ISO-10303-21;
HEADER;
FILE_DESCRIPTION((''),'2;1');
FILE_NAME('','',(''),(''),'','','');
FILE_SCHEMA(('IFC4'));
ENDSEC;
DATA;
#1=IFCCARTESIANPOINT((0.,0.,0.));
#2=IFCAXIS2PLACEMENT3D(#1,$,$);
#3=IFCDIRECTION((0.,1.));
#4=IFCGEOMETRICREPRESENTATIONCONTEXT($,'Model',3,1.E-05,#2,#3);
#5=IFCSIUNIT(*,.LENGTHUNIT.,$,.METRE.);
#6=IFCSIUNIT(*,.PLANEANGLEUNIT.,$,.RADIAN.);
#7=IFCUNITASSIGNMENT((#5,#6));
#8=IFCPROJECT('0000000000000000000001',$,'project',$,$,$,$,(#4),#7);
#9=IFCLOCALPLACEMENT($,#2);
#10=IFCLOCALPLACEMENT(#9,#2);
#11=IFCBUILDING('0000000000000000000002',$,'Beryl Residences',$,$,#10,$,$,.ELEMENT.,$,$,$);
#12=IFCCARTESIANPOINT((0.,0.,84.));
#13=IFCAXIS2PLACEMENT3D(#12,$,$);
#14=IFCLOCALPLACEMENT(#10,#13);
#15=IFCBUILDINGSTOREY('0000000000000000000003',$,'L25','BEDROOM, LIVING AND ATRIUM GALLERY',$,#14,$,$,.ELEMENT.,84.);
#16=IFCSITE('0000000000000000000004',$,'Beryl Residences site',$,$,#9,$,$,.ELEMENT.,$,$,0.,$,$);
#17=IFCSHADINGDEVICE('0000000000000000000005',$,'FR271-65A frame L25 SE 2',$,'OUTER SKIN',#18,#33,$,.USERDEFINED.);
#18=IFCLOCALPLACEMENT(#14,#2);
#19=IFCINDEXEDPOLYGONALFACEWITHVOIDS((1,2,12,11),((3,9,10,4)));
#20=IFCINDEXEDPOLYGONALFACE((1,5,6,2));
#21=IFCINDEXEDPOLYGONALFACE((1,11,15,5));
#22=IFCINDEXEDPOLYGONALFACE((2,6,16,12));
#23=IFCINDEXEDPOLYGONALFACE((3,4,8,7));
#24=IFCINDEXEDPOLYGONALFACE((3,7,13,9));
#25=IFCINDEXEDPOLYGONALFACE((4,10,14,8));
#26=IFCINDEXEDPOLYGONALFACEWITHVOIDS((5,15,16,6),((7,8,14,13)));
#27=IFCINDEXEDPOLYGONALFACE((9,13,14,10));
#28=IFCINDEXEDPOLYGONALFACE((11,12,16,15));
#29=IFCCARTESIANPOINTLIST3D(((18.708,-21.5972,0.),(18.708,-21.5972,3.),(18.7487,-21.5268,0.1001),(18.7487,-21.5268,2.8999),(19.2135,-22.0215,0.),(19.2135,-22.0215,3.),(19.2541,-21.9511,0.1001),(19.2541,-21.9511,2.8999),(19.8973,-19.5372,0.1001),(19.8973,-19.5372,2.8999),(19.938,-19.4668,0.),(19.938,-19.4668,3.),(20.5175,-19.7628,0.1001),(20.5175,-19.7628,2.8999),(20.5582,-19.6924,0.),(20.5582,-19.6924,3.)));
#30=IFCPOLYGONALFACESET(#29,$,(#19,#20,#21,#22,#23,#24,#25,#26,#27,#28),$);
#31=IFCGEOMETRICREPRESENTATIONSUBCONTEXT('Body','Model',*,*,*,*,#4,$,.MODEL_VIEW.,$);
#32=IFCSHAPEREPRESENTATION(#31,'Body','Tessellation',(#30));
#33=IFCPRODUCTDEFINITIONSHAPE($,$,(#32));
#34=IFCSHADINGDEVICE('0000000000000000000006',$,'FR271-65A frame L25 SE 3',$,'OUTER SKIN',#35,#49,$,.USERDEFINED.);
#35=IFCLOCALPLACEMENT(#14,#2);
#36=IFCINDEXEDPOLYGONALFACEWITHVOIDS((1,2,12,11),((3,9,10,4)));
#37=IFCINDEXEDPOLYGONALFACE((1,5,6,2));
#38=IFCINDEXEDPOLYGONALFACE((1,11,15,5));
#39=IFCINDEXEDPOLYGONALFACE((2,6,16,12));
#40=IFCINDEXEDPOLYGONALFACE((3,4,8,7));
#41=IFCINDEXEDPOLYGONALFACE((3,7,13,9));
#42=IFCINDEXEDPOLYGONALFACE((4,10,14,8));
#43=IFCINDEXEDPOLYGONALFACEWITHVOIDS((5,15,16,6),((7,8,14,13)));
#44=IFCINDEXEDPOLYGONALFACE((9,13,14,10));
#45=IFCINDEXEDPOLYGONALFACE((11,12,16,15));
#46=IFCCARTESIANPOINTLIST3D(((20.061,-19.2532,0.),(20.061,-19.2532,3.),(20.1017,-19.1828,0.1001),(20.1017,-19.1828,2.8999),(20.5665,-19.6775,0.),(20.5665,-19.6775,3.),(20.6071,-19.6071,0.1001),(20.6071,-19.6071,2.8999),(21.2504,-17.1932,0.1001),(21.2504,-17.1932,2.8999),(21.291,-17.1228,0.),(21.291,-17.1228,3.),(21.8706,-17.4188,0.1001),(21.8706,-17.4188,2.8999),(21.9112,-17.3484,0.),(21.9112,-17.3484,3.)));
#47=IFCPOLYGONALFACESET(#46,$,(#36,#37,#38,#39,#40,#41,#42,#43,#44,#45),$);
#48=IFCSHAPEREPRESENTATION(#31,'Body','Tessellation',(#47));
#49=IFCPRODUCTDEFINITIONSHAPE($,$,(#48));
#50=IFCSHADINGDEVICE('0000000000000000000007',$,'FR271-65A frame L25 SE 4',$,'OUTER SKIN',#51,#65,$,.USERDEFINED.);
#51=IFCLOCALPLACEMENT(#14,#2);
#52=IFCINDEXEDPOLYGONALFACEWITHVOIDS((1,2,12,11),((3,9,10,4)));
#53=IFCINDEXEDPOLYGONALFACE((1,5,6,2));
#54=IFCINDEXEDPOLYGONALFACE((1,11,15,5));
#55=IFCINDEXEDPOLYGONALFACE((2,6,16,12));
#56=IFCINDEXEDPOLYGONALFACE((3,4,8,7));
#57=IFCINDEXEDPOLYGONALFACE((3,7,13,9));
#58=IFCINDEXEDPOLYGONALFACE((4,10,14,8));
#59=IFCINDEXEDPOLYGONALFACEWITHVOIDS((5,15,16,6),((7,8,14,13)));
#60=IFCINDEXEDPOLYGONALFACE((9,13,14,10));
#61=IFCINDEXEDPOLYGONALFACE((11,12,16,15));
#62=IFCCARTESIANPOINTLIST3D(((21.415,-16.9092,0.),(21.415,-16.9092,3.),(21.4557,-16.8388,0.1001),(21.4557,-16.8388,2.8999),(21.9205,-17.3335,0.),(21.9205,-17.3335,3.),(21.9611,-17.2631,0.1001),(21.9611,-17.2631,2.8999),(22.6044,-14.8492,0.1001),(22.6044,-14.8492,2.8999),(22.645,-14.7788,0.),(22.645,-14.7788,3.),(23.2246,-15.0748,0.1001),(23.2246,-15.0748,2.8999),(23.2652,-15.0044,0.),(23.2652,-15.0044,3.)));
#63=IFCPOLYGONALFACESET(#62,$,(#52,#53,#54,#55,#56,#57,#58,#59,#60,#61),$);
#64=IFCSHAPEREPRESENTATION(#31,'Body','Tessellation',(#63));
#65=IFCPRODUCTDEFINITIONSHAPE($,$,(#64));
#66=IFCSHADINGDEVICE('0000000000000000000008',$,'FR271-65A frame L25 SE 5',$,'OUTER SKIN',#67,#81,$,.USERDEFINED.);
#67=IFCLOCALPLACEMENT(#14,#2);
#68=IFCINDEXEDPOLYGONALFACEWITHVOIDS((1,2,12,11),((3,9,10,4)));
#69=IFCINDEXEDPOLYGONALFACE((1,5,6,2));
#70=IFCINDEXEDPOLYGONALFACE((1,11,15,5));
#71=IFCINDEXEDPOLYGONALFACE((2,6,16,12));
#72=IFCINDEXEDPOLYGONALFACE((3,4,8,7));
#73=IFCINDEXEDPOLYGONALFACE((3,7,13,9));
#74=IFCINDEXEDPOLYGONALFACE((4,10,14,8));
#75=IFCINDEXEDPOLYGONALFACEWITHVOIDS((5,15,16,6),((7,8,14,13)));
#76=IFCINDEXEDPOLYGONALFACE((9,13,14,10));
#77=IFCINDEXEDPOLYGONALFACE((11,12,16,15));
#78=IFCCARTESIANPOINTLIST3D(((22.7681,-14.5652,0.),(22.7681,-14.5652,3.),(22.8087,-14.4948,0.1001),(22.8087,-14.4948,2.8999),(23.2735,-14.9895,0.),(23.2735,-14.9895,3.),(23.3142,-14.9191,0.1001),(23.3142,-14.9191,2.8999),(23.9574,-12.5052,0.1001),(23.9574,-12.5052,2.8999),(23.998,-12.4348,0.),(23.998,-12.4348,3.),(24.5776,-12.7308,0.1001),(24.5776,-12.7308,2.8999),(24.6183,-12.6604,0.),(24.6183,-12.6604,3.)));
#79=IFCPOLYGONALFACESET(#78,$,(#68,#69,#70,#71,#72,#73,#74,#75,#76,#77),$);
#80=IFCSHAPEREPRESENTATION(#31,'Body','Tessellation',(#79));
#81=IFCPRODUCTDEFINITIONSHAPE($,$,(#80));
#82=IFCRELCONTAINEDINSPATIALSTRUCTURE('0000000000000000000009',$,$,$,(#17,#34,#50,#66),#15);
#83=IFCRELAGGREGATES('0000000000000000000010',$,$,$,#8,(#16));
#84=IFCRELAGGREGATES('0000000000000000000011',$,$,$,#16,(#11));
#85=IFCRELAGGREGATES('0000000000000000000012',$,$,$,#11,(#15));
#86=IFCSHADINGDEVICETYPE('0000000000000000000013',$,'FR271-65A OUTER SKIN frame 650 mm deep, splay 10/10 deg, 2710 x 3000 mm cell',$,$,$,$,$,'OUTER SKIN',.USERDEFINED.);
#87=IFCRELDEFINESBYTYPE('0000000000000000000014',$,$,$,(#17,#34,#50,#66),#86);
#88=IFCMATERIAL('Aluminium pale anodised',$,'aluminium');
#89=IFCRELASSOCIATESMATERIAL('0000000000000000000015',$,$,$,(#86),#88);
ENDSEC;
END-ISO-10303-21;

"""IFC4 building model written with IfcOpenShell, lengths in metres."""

from ifc_helpers import new_model, entity, si_unit, direction, frame, origin, place, context, subcontext, project, spatial, source, transform, mapped, material, type_object, type_shapes, element, save


model = new_model("IFC4")

# Units and contexts
model_context = context("Model", 3, precision=1e-05, world=origin(), true_north=direction((0.0, 1.0)))
body_context = subcontext(model_context, "Body", "Model", "MODEL_VIEW")
ifc_project = project(units=[si_unit("LENGTHUNIT", "METRE"), si_unit("PLANEANGLEUNIT", "RADIAN")], contexts=[model_context])

# Site, building, storey
site_placement = place(None, origin())
site = spatial("IfcSite", under=ifc_project, at=site_placement, Name="Beryl Residences site", CompositionType="ELEMENT", RefElevation=0.0)
building_placement = place(site_placement, origin())
building = spatial("IfcBuilding", under=site, at=building_placement, Name="Beryl Residences", CompositionType="ELEMENT")
storey_placement = place(building_placement, frame((0.0, 0.0, 84.0)))
storey = spatial("IfcBuildingStorey", under=building, at=storey_placement, Name="L25", Description="BEDROOM, LIVING AND ATRIUM GALLERY", CompositionType="ELEMENT", Elevation=84.0)

# Shading devices
ifc_material_1 = material(Name="Aluminium pale anodised", Category="aluminium")
shading_device_type_1 = type_object("IfcShadingDeviceType", Name="FR271-65A OUTER SKIN frame 650 mm deep, splay 10/10 deg, 2710 x 3000 mm cell", ElementType="OUTER SKIN", PredefinedType="USERDEFINED", material=ifc_material_1)
cartesian_point_1 = entity("IfcCartesianPoint", [-1.23, 0.0])
cartesian_point_2 = entity("IfcCartesianPoint", [-1.1487, 0.1001])
cartesian_point_3 = entity("IfcCartesianPoint", [-1.3447, 0.0])
cartesian_point_4 = entity("IfcCartesianPoint", [-1.2634, 0.1001])
shared_shape_1 = source(origin(), body_context, "Body", "SweptSolid", [
    entity("IfcExtrudedAreaSolidTapered", entity("IfcArbitraryProfileDefWithVoids", "AREA", None, entity("IfcPolyline", [cartesian_point_1, entity("IfcCartesianPoint", [1.23, 0.0]), entity("IfcCartesianPoint", [1.23, 3.0]), entity("IfcCartesianPoint", [-1.23, 3.0]), cartesian_point_1]), [entity("IfcPolyline", [cartesian_point_2, entity("IfcCartesianPoint", [1.1487, 0.1001]), entity("IfcCartesianPoint", [1.1487, 2.8999]), entity("IfcCartesianPoint", [-1.1487, 2.8999]), cartesian_point_2])]), entity("IfcAxis2Placement3D", entity("IfcCartesianPoint", [0.0, 0.0, 0.0]), entity("IfcDirection", [0.0, 1.0, 0.0]), entity("IfcDirection", [-1.0, 0.0, 0.0])), entity("IfcDirection", [0.0, 0.0, 1.0]), 0.6499, entity("IfcArbitraryProfileDefWithVoids", "AREA", None, entity("IfcPolyline", [cartesian_point_3, entity("IfcCartesianPoint", [1.3447, 0.0]), entity("IfcCartesianPoint", [1.3447, 3.0]), entity("IfcCartesianPoint", [-1.3447, 3.0]), cartesian_point_3]), [entity("IfcPolyline", [cartesian_point_4, entity("IfcCartesianPoint", [1.2634, 0.1001]), entity("IfcCartesianPoint", [1.2634, 2.8999]), entity("IfcCartesianPoint", [-1.2634, 2.8999]), cartesian_point_4])])),
])
type_shapes(shading_device_type_1, [shared_shape_1])
for number, where, z_axis, x_axis, name in (
    (1, (19.323, -20.532, 0.0), (0.0, 0.0, 1.0), (-0.5, -0.866025, 0.0), "FR271-65A frame L25 SE 2"),
    (2, (20.676, -18.188, 0.0), (0.0, 0.0, 1.0), (-0.5, -0.866025, 0.0), "FR271-65A frame L25 SE 3"),
    (3, (22.03, -15.844, 0.0), (0.0, 0.0, 1.0), (-0.5, -0.866025, 0.0), "FR271-65A frame L25 SE 4"),
    (4, (23.3831, -13.5, 0.0), (0.0, 0.0, 1.0), (-0.5, -0.866025, 0.0), "FR271-65A frame L25 SE 5"),
):
    element("IfcShadingDevice", number, at=place(storey_placement, frame(where, z_axis=z_axis, x_axis=x_axis)), inside=storey, type_object=shading_device_type_1, Name=name, ObjectType="OUTER SKIN", PredefinedType="USERDEFINED", context=body_context, shape_type="MappedRepresentation", body=[
        mapped(shared_shape_1, transform((0.0, 0.0, 0.0))),
    ])

save(model, "model.ifc")
